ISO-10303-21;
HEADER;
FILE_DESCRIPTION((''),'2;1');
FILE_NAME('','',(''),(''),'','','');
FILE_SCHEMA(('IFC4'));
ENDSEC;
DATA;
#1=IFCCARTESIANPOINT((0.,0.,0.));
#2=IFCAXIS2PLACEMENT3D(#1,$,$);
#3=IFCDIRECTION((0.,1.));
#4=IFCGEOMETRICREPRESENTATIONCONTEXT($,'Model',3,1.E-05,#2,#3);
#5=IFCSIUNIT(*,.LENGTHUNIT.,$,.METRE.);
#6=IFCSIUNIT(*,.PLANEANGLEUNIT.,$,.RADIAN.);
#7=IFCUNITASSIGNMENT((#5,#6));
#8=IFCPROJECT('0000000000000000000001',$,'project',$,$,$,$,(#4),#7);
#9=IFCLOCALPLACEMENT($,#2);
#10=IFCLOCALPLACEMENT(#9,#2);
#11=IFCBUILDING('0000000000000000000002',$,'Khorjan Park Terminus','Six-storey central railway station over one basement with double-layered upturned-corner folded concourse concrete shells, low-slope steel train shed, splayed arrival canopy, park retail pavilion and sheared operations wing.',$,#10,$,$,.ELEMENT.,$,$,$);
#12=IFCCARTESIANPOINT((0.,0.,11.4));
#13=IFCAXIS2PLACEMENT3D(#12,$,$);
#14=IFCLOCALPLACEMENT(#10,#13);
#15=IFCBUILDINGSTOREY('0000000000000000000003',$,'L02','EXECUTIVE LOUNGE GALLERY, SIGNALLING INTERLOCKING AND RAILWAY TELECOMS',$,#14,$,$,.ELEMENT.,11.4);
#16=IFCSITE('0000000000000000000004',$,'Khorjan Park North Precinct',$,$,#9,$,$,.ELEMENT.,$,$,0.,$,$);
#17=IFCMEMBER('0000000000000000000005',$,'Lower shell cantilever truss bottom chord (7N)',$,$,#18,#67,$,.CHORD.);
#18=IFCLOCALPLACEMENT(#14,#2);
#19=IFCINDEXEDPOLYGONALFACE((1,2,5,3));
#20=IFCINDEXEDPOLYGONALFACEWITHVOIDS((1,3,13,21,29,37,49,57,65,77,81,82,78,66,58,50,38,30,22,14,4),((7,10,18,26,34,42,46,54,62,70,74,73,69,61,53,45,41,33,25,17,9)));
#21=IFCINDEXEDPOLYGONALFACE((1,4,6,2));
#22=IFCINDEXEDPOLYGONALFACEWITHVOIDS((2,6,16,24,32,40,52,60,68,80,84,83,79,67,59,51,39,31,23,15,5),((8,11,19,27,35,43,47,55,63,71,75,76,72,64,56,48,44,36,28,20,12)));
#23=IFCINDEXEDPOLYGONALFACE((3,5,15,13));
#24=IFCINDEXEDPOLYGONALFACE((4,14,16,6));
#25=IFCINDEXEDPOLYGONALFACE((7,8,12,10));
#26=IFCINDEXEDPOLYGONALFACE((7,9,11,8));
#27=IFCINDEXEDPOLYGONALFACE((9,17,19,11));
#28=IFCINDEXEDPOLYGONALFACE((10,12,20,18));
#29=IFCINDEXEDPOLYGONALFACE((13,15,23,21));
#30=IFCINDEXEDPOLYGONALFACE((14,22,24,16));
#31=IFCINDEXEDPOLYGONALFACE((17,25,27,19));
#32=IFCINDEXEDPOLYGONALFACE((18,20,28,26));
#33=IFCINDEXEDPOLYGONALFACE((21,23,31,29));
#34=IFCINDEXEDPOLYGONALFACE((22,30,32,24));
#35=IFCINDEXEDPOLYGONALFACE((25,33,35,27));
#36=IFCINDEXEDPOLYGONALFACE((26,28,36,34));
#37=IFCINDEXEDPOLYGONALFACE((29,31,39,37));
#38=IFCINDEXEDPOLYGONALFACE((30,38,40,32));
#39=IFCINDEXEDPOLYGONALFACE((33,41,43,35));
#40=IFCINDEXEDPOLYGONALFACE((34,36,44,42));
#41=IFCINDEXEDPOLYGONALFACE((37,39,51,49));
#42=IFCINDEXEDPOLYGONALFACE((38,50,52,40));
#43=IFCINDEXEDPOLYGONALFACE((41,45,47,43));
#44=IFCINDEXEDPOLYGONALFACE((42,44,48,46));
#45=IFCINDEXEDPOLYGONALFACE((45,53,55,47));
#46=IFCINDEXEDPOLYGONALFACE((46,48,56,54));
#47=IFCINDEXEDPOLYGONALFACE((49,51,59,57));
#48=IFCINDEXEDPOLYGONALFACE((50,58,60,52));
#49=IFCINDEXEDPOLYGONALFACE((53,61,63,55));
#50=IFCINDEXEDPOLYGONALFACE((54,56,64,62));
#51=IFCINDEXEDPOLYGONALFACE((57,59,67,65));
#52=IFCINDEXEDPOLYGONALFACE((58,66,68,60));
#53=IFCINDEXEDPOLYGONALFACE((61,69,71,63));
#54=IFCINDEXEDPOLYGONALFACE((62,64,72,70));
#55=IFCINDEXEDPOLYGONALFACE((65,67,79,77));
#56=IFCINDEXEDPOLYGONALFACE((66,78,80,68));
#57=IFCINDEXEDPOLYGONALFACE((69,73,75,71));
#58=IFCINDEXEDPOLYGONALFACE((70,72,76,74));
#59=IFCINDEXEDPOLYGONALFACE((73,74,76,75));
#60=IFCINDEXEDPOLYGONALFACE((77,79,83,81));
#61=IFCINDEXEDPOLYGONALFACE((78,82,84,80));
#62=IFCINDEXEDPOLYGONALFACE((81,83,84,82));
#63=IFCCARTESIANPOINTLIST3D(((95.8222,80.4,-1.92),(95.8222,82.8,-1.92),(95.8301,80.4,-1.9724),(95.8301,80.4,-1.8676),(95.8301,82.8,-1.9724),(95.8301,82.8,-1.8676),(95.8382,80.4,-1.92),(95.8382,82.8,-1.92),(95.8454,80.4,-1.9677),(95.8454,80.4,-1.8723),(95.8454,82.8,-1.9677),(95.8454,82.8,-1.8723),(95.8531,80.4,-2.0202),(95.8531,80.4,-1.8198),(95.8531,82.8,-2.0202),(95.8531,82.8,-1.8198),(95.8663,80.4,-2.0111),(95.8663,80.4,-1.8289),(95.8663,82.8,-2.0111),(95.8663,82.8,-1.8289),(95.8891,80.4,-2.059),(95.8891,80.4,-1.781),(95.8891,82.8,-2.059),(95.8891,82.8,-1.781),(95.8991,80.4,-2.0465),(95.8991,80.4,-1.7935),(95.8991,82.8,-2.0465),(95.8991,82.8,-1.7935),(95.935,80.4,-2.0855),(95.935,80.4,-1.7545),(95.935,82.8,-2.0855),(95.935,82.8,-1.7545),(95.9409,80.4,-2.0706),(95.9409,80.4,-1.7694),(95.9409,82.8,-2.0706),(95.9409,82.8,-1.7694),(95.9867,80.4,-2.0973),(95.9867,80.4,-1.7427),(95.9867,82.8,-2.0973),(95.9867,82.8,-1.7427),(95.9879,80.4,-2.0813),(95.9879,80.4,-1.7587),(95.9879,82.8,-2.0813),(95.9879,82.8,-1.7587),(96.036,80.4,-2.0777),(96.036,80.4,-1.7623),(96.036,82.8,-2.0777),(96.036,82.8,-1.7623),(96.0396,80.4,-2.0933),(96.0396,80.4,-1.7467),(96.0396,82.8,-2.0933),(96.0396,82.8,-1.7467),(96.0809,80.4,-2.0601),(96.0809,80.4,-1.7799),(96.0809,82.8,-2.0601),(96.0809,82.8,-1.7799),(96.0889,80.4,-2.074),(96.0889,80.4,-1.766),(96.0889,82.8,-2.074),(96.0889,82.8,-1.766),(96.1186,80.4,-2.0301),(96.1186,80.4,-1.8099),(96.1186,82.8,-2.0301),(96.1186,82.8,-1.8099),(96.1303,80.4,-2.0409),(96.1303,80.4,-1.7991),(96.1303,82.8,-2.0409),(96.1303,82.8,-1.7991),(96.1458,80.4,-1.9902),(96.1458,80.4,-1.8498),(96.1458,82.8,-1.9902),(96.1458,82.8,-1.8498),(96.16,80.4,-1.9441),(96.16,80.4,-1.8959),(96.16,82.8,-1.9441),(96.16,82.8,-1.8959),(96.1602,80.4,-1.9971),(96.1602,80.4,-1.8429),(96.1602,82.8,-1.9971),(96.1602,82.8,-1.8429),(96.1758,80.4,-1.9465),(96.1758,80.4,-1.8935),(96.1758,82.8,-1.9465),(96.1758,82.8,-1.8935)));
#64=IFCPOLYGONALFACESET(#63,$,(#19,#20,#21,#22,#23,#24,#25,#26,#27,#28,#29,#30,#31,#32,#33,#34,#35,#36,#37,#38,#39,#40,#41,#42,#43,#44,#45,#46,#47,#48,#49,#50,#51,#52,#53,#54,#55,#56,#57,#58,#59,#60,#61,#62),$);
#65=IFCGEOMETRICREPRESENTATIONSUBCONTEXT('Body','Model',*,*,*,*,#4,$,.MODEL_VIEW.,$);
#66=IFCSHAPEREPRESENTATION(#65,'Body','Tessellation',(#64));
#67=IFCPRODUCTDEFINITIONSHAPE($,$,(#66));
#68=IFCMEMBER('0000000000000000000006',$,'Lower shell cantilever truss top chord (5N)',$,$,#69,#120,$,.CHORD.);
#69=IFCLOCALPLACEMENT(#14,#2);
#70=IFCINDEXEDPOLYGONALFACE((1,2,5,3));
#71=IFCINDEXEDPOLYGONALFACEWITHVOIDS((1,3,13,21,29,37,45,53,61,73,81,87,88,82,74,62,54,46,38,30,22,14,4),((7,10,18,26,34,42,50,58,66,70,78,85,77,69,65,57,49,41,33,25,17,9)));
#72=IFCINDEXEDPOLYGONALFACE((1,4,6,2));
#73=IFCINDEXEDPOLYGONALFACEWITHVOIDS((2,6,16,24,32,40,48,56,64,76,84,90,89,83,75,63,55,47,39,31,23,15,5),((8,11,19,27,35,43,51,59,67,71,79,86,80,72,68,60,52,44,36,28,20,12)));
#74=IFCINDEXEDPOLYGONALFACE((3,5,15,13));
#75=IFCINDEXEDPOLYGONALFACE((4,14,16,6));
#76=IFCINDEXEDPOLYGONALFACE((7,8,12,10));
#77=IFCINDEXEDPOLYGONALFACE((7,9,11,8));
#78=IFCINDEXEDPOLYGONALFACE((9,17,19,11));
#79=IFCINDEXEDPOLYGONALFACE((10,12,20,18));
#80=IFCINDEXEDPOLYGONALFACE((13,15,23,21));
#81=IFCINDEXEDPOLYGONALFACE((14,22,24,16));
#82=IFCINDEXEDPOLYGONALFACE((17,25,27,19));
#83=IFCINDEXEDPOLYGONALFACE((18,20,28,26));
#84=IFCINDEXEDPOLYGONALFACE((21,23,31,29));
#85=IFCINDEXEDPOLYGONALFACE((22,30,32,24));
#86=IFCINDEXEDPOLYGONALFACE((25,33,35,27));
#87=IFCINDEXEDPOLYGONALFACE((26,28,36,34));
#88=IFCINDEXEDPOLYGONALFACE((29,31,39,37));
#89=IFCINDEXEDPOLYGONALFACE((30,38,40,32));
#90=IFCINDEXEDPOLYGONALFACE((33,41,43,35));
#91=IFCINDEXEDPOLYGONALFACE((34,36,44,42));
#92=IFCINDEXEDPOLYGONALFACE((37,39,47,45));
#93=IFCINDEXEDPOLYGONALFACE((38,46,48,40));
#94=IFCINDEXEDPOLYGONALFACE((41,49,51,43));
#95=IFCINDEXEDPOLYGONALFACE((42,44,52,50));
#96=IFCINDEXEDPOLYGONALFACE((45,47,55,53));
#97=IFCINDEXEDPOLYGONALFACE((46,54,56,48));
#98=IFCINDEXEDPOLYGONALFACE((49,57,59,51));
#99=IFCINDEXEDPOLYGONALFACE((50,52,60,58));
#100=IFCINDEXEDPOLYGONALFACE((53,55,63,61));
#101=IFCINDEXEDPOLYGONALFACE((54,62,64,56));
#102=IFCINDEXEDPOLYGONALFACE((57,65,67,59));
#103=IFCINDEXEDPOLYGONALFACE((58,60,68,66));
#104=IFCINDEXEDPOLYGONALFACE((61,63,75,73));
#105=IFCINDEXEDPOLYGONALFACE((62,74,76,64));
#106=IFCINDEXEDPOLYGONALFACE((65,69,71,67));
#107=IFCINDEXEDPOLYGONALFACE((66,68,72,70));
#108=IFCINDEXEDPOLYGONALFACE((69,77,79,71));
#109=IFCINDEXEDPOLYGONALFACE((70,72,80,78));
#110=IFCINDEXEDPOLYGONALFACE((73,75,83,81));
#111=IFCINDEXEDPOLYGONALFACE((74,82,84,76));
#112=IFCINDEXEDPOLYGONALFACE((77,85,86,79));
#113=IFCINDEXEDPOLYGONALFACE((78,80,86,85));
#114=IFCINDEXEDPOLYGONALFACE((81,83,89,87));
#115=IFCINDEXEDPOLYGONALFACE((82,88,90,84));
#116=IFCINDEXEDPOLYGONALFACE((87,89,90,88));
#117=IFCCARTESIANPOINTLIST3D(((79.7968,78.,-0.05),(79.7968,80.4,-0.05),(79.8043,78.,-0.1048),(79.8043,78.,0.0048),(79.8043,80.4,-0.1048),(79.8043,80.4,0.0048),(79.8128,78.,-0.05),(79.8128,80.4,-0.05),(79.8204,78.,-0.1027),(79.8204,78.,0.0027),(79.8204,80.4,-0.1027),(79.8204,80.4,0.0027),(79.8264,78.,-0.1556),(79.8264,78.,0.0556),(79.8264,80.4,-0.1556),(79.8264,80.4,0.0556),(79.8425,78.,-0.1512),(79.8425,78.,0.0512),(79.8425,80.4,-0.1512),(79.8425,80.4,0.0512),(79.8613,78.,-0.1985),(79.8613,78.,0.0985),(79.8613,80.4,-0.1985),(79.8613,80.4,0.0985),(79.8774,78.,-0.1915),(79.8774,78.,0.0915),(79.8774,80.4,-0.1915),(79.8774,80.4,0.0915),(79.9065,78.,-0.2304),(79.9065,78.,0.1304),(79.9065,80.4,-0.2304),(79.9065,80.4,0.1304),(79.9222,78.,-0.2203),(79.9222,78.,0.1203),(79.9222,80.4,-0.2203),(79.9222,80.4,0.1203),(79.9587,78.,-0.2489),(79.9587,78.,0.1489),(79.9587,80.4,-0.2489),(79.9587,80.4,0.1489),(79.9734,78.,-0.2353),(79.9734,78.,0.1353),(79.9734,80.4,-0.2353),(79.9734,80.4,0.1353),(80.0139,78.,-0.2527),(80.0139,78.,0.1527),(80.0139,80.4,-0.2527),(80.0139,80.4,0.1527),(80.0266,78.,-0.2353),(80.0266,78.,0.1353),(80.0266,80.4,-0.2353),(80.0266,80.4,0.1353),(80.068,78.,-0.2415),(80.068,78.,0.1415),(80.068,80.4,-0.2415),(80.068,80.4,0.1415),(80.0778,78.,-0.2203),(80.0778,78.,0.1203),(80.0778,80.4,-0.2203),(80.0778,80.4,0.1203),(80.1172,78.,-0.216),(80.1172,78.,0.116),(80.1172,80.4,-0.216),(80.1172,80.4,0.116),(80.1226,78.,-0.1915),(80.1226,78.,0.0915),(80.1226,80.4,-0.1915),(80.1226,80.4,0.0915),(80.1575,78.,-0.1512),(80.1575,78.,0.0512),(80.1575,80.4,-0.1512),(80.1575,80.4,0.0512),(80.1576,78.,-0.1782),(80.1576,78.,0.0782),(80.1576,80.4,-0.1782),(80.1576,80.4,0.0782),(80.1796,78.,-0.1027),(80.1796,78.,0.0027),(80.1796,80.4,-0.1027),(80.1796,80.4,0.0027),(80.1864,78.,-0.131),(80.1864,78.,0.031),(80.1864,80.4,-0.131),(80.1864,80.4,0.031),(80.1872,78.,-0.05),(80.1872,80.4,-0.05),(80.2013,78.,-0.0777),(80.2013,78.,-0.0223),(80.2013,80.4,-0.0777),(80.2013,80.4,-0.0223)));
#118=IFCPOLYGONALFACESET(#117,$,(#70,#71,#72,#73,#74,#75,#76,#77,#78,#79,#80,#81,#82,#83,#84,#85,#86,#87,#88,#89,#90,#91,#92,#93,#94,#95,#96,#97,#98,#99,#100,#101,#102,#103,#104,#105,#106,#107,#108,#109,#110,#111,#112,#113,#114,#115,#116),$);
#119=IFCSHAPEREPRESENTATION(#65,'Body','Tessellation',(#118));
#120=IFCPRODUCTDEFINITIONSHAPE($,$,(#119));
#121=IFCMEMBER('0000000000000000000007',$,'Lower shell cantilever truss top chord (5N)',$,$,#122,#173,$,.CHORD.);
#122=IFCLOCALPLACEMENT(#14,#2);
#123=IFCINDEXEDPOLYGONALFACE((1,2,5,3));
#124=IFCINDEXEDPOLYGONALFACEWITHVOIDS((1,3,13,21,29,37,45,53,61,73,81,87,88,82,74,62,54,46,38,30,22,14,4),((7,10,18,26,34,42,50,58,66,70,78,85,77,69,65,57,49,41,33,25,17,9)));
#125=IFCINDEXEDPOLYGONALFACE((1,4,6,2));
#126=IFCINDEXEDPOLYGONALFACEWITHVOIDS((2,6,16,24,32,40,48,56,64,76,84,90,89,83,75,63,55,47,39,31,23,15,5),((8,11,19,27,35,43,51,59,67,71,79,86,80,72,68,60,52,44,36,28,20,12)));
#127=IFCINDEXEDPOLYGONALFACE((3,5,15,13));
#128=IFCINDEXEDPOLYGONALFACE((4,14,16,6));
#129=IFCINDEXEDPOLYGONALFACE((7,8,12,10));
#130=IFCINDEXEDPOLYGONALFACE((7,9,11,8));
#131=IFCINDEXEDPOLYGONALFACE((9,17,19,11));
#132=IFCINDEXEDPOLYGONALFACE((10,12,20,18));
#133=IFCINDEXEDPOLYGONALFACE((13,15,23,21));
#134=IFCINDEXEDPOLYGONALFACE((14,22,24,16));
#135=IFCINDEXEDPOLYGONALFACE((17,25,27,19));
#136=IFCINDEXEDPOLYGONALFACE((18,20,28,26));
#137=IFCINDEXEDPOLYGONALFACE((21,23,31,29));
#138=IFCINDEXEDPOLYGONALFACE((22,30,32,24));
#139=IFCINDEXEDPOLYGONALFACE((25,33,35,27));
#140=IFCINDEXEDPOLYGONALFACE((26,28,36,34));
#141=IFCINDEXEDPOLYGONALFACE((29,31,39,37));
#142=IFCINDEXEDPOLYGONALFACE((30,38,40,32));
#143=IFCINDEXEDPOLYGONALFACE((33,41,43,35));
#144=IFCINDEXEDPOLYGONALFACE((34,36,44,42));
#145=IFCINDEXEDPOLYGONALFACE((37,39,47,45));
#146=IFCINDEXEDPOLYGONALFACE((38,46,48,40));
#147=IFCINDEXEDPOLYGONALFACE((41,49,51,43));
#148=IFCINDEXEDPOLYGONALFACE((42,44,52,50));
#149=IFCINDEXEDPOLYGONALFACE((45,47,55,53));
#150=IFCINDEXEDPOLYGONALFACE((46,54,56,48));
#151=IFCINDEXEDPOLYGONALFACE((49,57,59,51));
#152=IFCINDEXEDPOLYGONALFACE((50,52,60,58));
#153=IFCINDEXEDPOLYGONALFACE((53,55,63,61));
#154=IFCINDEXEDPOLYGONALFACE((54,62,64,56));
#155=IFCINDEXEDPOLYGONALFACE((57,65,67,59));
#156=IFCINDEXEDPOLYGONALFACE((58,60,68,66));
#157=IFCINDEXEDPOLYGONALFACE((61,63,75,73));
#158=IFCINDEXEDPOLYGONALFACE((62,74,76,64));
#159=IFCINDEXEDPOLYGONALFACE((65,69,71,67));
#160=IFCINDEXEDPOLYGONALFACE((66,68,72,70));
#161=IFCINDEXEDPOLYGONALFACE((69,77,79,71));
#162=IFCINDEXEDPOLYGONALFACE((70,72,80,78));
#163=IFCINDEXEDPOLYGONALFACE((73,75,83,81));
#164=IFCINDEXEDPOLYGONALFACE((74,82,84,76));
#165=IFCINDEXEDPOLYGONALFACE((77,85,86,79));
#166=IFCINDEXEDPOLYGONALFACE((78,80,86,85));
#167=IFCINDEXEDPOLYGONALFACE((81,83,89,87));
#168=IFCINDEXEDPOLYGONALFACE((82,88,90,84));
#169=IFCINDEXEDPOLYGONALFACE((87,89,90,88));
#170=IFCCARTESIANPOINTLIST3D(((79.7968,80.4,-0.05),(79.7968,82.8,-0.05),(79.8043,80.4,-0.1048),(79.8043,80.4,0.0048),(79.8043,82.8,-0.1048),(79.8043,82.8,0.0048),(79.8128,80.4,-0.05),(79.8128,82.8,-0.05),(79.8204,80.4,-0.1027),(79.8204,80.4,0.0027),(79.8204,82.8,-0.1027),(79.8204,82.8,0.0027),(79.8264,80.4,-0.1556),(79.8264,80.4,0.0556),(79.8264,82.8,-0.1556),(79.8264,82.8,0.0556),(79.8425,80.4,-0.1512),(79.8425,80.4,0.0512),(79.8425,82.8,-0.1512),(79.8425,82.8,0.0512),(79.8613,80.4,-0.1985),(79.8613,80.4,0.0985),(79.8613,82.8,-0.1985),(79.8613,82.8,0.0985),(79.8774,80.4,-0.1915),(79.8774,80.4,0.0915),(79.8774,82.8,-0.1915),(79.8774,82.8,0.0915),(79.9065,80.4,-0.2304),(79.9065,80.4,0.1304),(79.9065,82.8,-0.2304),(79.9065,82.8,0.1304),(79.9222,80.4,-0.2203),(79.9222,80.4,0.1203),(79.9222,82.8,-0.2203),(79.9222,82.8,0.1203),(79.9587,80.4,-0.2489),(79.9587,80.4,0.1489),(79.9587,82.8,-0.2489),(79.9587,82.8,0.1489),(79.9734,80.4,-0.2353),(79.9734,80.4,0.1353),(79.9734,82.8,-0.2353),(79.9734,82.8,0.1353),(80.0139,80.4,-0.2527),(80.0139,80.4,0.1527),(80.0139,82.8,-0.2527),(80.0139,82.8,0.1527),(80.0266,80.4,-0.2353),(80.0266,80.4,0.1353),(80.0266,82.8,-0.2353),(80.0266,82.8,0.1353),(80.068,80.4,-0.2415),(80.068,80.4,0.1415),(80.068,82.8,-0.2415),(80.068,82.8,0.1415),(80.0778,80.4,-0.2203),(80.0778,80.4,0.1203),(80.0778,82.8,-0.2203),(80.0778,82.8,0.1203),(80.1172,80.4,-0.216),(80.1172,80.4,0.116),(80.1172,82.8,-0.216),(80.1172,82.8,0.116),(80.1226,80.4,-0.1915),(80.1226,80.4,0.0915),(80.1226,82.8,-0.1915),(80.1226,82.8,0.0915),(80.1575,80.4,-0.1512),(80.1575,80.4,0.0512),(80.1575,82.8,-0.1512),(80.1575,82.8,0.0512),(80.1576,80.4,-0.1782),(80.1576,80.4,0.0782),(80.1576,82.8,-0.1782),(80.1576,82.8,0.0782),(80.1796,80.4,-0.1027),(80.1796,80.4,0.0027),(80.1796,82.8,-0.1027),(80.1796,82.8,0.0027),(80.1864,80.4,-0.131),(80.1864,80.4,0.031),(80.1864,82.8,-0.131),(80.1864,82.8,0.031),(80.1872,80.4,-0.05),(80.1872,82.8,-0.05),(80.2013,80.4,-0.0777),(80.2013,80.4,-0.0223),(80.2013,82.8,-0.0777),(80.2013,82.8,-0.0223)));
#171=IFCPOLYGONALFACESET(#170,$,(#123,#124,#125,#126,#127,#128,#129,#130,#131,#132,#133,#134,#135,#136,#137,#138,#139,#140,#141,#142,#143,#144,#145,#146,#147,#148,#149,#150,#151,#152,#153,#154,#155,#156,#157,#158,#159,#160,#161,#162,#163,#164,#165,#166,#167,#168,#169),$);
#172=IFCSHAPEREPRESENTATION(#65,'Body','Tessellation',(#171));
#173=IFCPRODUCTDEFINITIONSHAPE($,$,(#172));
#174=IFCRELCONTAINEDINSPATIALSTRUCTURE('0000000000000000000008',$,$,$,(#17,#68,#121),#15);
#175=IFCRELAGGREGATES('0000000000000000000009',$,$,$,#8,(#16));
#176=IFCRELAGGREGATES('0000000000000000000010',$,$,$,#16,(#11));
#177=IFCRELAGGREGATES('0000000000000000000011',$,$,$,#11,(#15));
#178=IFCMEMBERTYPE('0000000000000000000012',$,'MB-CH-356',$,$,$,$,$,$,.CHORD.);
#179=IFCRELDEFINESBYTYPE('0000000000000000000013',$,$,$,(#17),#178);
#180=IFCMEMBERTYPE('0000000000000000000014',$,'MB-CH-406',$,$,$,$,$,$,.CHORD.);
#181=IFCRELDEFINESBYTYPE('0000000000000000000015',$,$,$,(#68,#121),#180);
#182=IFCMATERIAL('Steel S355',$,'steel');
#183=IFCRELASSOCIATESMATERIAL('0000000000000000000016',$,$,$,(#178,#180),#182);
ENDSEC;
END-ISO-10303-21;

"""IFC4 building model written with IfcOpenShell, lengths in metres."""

from ifc_helpers import new_model, si_unit, direction, frame, origin, origin_2d, place, context, subcontext, project, spatial, hollow_circle, extrude, material, material_profile, profile_set, type_object, element, save


model = new_model("IFC4")

# Units and contexts
model_context = context("Model", 3, precision=1e-05, world=origin(), true_north=direction((0.0, 1.0)))
body_context = subcontext(model_context, "Body", "Model", "MODEL_VIEW")
ifc_project = project(units=[si_unit("LENGTHUNIT", "METRE"), si_unit("PLANEANGLEUNIT", "RADIAN")], contexts=[model_context])

# Site, building, storey
site_placement = place(None, origin())
site = spatial("IfcSite", under=ifc_project, at=site_placement, Name="Khorjan Park North Precinct", CompositionType="ELEMENT", RefElevation=0.0)
building_placement = place(site_placement, origin())
building = spatial("IfcBuilding", under=site, at=building_placement, Name="Khorjan Park Terminus", Description="Six-storey central railway station over one basement with double-layered upturned-corner folded concourse concrete shells, low-slope steel train shed, splayed arrival canopy, park retail pavilion and sheared operations wing.", CompositionType="ELEMENT")
storey_placement = place(building_placement, frame((0.0, 0.0, 11.4)))
storey = spatial("IfcBuildingStorey", under=building, at=storey_placement, Name="L02", Description="EXECUTIVE LOUNGE GALLERY, SIGNALLING INTERLOCKING AND RAILWAY TELECOMS", CompositionType="ELEMENT", Elevation=11.4)

# Shared definitions
ifc_material_1 = material(Name="Steel S355", Category="steel")

# Members
ifc_material_profile_1 = material_profile(ifc_material_1, hollow_circle(Radius=0.1778, WallThickness=0.016, at=origin_2d()), Name="CHS 355.6x16")
ifc_profile_set_1 = profile_set([ifc_material_profile_1], Name="Steel S355")
member_type_1 = type_object("IfcMemberType", Name="MB-CH-356", PredefinedType="CHORD", material=ifc_profile_set_1)
for number, where, z_axis, x_axis, name in (
    (1, (96.0, 80.4, -1.92), (0.0, 1.0, 0.0), (-1.0, 0.0, 0.0), "Lower shell cantilever truss bottom chord (7N)"),
):
    element("IfcMember", number, at=place(storey_placement, frame(where, z_axis=z_axis, x_axis=x_axis)), inside=storey, type_object=member_type_1, Name=name, PredefinedType="CHORD", context=body_context, shape_type="SweptSolid", body=[
        extrude(hollow_circle(Radius=0.1778, WallThickness=0.016, at=origin_2d()), origin(), (0.0, 0.0, 1.0), 2.4),
    ])
ifc_material_profile_2 = material_profile(ifc_material_1, hollow_circle(Radius=0.2032, WallThickness=0.016, at=origin_2d()), Name="CHS 406.4x16")
ifc_profile_set_2 = profile_set([ifc_material_profile_2], Name="Steel S355")
member_type_2 = type_object("IfcMemberType", Name="MB-CH-406", PredefinedType="CHORD", material=ifc_profile_set_2)
for number, where, z_axis, x_axis, name in (
    (2, (80.0, 78.0, -0.05), (0.0, 1.0, 0.0), (-1.0, 0.0, 0.0), "Lower shell cantilever truss top chord (5N)"),
    (3, (80.0, 80.4, -0.05), (0.0, 1.0, 0.0), (-1.0, 0.0, 0.0), "Lower shell cantilever truss top chord (5N)"),
):
    element("IfcMember", number, at=place(storey_placement, frame(where, z_axis=z_axis, x_axis=x_axis)), inside=storey, type_object=member_type_2, Name=name, PredefinedType="CHORD", context=body_context, shape_type="SweptSolid", body=[
        extrude(hollow_circle(Radius=0.2032, WallThickness=0.016, at=origin_2d()), origin(), (0.0, 0.0, 1.0), 2.4),
    ])

save(model, "model.ifc")
